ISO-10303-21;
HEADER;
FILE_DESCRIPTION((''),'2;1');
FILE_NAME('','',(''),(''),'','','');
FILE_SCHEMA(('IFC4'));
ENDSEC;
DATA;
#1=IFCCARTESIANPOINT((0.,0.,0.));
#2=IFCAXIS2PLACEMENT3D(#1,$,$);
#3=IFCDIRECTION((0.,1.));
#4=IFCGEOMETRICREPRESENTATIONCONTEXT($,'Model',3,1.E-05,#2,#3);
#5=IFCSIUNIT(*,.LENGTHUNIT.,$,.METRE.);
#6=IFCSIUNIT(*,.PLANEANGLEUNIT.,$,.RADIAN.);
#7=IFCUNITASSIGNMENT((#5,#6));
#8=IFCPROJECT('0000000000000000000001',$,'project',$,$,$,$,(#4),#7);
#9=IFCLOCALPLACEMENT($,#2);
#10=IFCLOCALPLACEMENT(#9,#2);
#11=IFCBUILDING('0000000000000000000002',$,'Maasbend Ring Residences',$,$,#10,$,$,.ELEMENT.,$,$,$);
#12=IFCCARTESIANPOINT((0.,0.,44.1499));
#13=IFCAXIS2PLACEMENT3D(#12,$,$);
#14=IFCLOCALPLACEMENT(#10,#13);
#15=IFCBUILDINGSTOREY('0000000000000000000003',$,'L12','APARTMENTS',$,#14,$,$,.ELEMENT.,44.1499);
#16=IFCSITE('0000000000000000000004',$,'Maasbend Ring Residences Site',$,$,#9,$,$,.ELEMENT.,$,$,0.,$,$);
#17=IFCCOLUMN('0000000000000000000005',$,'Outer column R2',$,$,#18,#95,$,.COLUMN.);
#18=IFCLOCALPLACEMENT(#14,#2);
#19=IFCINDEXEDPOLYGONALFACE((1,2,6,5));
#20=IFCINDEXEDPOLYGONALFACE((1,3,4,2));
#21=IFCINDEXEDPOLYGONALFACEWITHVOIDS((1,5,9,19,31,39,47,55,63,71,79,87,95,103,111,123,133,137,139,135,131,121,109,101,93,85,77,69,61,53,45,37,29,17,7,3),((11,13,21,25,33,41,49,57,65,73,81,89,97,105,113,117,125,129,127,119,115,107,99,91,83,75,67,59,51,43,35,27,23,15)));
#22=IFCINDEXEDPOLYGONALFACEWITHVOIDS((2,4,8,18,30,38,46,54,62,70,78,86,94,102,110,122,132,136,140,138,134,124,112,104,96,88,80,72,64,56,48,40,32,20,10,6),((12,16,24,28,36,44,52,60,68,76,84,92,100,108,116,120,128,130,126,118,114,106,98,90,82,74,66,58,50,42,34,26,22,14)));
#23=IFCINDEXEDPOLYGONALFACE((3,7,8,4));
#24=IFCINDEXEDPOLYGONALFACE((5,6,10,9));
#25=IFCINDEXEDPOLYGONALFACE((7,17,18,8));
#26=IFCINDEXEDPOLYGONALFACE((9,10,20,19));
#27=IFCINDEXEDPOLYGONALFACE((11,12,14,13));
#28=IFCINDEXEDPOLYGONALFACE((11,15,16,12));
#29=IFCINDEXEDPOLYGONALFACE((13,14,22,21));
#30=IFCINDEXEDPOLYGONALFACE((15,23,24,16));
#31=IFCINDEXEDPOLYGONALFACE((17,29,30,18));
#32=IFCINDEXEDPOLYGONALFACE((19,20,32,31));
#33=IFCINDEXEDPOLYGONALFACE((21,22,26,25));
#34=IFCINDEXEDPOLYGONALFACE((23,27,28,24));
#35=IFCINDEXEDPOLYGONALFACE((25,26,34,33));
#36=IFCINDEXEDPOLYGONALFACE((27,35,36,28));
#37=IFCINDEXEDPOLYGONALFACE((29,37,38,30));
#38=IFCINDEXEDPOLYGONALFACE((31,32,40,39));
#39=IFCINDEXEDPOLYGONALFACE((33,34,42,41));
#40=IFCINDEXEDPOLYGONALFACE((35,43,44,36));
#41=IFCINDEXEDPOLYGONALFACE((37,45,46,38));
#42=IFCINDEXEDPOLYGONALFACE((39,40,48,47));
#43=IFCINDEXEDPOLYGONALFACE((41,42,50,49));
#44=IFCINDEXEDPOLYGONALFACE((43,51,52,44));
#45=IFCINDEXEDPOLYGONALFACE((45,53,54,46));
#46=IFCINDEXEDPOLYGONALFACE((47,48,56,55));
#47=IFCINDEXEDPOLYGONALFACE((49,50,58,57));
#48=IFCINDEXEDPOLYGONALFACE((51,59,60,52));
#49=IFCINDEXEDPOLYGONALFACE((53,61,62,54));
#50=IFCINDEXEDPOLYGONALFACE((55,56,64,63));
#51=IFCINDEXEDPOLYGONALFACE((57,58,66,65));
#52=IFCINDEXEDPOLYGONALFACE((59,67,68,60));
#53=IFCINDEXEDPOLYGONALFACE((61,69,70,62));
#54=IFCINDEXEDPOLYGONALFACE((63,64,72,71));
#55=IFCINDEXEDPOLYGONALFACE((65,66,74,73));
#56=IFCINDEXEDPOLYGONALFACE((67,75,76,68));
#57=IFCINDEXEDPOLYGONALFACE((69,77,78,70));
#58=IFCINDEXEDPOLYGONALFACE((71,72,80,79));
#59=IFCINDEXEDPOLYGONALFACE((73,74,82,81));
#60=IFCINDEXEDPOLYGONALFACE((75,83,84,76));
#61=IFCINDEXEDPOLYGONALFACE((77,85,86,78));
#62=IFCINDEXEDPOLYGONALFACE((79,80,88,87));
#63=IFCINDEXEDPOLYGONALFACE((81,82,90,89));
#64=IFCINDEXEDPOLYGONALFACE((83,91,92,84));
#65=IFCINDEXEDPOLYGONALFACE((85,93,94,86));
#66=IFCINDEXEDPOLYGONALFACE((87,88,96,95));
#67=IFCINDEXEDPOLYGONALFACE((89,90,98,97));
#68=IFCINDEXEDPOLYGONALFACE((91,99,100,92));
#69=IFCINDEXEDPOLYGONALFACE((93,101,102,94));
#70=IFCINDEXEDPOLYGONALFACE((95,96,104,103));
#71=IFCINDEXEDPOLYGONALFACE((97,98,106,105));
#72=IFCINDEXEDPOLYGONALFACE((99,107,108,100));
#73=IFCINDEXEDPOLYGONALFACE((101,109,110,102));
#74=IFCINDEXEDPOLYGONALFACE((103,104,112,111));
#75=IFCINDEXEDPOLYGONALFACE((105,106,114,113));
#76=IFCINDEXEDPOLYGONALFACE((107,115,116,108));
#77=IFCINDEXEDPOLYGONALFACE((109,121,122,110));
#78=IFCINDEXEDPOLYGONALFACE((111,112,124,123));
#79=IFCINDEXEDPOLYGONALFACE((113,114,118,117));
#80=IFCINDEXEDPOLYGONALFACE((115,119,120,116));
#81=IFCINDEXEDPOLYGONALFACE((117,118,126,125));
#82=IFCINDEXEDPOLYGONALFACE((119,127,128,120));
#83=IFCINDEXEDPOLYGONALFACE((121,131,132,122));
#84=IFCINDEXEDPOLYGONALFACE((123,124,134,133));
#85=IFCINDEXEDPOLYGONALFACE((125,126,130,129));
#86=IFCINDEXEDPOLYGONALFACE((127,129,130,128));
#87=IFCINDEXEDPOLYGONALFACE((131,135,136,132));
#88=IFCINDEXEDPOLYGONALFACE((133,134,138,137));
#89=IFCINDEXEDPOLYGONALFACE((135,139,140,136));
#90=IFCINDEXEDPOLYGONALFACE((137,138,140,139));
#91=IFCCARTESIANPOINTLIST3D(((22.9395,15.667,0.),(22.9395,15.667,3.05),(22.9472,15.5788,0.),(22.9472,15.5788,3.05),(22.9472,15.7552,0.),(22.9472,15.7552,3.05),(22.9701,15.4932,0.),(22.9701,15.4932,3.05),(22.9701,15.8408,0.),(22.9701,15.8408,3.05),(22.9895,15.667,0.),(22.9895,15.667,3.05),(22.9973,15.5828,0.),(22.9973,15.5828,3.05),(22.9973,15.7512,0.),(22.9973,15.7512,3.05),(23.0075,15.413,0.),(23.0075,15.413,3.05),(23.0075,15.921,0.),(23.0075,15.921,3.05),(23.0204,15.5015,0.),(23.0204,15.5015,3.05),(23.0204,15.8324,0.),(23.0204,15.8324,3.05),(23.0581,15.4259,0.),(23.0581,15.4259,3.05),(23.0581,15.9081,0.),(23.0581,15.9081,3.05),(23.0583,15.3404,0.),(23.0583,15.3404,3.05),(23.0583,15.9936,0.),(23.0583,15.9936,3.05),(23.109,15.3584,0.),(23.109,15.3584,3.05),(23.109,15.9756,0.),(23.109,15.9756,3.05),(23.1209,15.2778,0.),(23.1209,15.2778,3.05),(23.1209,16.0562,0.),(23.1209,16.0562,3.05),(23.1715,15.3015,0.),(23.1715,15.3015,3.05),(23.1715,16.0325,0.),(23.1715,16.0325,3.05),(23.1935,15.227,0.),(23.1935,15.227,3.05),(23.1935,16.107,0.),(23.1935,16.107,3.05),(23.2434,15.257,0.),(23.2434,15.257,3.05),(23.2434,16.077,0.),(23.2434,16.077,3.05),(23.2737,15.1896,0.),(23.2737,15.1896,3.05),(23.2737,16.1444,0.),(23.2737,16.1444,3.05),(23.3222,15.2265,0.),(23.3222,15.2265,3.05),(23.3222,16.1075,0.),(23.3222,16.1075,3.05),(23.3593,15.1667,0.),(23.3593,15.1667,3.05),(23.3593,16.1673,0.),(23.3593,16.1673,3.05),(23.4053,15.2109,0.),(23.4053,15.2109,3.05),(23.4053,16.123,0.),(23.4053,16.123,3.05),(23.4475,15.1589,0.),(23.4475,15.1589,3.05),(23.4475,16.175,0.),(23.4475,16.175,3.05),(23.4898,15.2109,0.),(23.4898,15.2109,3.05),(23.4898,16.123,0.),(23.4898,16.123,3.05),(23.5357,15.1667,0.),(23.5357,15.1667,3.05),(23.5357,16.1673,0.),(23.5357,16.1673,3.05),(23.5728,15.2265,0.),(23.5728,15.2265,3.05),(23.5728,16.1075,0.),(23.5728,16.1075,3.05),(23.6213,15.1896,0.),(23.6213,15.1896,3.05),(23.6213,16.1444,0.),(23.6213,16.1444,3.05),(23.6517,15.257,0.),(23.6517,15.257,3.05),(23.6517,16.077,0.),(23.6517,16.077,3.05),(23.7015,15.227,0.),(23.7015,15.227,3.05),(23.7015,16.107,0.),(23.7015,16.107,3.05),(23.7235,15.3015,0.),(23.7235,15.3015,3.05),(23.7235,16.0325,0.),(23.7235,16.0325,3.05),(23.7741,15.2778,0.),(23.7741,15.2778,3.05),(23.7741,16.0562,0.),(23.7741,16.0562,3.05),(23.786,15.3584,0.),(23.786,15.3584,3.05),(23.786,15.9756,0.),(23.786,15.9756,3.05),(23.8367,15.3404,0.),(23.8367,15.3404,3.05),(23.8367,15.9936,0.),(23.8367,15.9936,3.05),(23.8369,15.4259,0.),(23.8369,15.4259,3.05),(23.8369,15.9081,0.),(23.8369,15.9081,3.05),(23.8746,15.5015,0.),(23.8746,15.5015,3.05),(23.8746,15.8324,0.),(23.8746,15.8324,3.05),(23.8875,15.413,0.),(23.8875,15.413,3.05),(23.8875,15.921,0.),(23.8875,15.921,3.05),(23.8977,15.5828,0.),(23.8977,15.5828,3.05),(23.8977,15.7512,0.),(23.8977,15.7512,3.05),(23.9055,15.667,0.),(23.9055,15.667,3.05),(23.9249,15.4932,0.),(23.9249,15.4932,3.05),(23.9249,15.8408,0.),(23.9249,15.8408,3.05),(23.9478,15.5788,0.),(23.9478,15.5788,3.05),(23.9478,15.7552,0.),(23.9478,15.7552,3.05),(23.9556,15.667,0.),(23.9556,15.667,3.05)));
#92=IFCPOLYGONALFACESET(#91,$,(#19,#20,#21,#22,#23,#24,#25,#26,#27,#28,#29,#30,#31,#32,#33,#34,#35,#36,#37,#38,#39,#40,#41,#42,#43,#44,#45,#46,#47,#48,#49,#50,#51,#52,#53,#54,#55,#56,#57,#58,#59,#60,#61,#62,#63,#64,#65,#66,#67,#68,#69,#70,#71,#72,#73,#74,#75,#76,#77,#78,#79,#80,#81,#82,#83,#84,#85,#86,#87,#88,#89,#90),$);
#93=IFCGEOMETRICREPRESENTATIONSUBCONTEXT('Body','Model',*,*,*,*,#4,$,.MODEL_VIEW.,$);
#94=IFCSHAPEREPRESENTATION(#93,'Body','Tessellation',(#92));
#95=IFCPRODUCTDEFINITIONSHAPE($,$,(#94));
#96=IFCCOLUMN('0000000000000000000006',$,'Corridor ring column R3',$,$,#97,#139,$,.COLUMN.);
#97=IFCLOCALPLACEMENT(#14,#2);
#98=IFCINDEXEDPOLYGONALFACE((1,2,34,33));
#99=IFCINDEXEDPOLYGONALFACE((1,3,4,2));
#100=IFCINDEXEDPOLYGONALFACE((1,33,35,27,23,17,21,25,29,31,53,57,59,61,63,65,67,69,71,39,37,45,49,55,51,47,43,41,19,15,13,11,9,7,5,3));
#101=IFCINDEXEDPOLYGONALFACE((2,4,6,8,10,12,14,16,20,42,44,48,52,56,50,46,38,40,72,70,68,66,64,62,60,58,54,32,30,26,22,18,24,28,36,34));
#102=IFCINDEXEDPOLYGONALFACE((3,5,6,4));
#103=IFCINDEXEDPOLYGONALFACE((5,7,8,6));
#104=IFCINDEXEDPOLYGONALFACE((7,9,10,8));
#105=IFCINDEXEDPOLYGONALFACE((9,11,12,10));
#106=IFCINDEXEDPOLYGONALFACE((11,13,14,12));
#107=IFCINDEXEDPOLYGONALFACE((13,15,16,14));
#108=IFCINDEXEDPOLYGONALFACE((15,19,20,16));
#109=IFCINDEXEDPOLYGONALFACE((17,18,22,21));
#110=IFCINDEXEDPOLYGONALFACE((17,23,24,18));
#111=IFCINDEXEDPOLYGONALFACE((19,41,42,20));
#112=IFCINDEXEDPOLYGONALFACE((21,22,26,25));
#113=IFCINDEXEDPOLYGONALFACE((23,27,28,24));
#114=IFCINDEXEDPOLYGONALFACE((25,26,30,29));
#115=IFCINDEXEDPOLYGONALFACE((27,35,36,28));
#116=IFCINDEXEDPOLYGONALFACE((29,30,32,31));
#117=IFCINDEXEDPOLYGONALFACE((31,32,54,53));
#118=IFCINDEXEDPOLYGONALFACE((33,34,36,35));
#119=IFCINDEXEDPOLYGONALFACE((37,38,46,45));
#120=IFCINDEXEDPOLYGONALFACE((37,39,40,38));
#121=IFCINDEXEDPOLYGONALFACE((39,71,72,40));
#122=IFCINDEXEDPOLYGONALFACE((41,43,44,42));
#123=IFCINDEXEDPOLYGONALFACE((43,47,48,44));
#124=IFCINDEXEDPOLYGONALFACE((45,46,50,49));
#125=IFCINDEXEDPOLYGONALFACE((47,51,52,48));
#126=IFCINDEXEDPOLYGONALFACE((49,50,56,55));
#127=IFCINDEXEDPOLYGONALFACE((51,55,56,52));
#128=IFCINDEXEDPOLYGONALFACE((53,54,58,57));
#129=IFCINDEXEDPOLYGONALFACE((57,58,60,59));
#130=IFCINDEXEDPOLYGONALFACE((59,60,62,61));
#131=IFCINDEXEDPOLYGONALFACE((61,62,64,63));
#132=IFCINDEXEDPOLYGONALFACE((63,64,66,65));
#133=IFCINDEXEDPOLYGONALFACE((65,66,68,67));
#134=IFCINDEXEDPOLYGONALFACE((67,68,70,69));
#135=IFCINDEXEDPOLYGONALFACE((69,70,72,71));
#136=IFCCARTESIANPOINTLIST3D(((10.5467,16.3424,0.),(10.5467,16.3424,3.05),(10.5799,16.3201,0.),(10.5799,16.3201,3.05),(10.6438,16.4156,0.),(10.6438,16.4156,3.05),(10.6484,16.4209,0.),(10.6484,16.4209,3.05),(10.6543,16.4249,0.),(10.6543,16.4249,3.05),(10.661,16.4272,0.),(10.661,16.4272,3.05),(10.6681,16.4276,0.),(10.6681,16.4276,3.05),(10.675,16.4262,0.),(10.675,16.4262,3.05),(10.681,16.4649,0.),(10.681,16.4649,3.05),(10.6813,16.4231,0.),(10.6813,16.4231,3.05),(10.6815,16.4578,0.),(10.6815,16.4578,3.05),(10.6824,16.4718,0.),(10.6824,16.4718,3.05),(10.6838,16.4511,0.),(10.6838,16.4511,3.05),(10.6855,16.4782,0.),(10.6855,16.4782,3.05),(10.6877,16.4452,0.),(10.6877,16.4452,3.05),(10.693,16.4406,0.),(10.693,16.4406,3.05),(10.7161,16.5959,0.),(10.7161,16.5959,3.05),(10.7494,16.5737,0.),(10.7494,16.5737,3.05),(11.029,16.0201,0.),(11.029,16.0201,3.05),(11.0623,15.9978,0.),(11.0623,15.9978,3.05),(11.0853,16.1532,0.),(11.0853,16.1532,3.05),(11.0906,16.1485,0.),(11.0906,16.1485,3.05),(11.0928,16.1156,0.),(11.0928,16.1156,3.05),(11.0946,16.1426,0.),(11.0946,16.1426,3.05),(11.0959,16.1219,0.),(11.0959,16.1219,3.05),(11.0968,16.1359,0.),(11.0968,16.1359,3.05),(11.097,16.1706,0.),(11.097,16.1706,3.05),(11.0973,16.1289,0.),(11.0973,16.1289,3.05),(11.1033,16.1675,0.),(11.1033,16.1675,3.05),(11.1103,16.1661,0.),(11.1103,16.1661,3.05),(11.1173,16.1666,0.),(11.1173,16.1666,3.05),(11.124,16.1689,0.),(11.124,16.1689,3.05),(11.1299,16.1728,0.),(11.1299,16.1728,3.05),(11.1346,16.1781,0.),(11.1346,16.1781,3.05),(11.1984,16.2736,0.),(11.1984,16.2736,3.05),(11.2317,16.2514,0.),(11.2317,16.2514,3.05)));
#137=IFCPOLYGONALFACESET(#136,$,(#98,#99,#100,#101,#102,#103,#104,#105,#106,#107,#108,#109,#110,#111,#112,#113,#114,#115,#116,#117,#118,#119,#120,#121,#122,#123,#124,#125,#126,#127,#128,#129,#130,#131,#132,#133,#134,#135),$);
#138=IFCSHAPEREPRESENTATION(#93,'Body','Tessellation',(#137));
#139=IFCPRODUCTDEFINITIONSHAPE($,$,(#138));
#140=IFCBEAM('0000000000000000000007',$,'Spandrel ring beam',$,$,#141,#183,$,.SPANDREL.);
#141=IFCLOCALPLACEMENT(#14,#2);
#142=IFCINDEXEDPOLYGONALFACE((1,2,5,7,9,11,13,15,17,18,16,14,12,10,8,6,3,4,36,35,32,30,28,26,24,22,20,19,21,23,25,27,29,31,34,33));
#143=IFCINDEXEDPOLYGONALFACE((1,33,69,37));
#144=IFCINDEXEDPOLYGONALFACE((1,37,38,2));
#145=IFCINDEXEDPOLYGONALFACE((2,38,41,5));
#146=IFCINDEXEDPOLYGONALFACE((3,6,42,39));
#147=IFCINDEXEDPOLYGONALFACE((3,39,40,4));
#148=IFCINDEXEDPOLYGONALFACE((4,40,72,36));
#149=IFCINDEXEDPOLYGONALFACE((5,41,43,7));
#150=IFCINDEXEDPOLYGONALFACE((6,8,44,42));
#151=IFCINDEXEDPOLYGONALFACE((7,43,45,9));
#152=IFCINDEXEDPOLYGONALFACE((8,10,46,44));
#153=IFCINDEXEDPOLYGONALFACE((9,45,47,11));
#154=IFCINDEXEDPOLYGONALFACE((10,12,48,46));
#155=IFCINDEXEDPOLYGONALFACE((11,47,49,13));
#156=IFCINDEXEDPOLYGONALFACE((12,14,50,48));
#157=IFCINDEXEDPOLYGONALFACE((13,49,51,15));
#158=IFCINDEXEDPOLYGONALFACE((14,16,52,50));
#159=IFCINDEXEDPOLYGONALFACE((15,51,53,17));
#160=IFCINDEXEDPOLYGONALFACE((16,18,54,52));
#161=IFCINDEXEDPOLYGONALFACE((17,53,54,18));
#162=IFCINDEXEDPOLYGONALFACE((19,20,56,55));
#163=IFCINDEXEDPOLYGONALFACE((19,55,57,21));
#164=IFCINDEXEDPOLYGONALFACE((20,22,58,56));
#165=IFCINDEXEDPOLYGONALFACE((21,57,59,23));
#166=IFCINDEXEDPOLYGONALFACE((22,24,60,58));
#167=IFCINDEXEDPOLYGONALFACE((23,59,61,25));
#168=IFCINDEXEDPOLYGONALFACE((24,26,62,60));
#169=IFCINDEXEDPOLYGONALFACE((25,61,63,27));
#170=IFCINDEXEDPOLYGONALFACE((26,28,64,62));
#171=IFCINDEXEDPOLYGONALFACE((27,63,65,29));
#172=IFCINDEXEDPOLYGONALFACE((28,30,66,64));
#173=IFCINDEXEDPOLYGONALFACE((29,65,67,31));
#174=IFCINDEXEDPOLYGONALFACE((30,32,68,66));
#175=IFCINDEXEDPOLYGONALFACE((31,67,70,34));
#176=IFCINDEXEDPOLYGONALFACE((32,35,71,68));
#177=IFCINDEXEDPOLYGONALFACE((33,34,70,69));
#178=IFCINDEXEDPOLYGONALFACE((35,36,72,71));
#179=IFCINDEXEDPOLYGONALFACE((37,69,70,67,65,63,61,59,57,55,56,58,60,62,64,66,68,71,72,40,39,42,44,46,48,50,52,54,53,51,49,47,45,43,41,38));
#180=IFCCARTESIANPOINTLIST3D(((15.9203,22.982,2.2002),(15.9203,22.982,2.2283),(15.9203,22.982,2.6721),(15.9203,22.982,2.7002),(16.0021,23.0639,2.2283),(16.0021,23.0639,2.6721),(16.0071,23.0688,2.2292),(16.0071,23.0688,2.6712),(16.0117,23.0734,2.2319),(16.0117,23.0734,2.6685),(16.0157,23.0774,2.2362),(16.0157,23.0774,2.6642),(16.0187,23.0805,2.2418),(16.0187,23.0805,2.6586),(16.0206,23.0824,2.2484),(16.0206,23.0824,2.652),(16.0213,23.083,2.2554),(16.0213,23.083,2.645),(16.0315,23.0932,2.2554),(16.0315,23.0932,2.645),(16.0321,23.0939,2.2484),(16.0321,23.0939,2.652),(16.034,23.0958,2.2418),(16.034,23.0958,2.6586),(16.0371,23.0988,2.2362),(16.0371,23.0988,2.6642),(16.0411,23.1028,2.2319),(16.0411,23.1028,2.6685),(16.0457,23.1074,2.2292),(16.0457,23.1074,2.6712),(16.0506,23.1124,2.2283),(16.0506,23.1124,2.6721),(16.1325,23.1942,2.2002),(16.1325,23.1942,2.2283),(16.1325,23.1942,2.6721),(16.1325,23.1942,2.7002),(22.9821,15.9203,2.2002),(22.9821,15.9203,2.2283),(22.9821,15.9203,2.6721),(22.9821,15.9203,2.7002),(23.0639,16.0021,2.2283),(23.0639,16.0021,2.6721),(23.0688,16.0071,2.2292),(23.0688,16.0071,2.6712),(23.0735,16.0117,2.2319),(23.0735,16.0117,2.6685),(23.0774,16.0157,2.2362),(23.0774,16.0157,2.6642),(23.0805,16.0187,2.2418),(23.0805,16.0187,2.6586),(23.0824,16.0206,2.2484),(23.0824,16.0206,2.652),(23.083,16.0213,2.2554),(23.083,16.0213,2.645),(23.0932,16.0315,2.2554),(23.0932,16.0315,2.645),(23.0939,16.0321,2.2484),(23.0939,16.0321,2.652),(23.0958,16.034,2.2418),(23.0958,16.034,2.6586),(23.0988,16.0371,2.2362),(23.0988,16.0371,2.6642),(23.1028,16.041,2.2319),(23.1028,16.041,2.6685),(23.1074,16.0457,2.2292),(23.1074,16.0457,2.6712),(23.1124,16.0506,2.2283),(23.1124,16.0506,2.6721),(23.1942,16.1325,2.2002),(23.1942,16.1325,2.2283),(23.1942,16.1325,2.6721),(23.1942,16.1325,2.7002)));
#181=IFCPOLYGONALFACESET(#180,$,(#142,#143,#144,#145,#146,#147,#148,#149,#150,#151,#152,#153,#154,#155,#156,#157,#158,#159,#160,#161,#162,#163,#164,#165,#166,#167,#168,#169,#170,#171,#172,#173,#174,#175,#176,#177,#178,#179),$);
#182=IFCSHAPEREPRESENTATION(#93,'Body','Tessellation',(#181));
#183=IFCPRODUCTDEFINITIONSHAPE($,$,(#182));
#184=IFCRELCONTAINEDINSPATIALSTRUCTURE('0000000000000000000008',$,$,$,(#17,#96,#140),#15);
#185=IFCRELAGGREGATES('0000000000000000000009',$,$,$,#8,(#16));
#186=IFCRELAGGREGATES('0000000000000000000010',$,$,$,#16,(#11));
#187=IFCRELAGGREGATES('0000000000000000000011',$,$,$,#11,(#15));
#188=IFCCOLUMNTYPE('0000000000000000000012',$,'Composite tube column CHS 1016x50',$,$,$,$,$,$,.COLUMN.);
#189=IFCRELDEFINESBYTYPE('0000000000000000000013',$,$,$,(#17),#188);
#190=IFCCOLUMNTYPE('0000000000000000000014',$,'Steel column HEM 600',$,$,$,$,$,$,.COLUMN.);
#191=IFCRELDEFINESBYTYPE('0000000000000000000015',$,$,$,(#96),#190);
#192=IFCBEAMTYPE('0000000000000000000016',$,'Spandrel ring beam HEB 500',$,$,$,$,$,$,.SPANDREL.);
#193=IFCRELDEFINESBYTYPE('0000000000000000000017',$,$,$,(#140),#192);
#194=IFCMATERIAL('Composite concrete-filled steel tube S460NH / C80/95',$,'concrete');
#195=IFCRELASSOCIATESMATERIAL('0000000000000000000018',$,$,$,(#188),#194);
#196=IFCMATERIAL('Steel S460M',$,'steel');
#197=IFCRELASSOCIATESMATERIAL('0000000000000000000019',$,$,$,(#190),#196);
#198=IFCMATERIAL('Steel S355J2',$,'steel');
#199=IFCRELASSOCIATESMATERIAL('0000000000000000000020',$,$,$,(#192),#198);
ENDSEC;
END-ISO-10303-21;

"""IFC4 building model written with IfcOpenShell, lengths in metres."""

from ifc_helpers import new_model, si_unit, direction, frame, origin, origin_2d, place, context, subcontext, project, spatial, hollow_circle, i_section, extrude, material, material_profile, profile_set, type_object, element, save


model = new_model("IFC4")

# Units and contexts
model_context = context("Model", 3, precision=1e-05, world=origin(), true_north=direction((0.0, 1.0)))
body_context = subcontext(model_context, "Body", "Model", "MODEL_VIEW")
ifc_project = project(units=[si_unit("LENGTHUNIT", "METRE"), si_unit("PLANEANGLEUNIT", "RADIAN")], contexts=[model_context])

# Site, building, storey
site_placement = place(None, origin())
site = spatial("IfcSite", under=ifc_project, at=site_placement, Name="Maasbend Ring Residences Site", CompositionType="ELEMENT", RefElevation=0.0)
building_placement = place(site_placement, origin())
building = spatial("IfcBuilding", under=site, at=building_placement, Name="Maasbend Ring Residences", CompositionType="ELEMENT")
storey_placement = place(building_placement, frame((0.0, 0.0, 44.1499)))
storey = spatial("IfcBuildingStorey", under=building, at=storey_placement, Name="L12", Description="APARTMENTS", CompositionType="ELEMENT", Elevation=44.1499)

# Columns
ifc_material_1 = material(Name="Composite concrete-filled steel tube S460NH / C80/95", Category="concrete")
ifc_material_profile_1 = material_profile(ifc_material_1, hollow_circle(Radius=0.5081, WallThickness=0.05, at=origin_2d()), Name="Composite tube column CHS 1016x50")
ifc_profile_set_1 = profile_set([ifc_material_profile_1], Name="Composite concrete-filled steel tube S460NH / C80/95")
column_type_1 = type_object("IfcColumnType", Name="Composite tube column CHS 1016x50", PredefinedType="COLUMN", material=ifc_profile_set_1)
column_1_placement = place(storey_placement, frame((23.4475, 15.667, 0.0), z_axis=(0.0, 0.0, 1.0), x_axis=(1.0, 0.0, 0.0)))
element("IfcColumn", 1, at=column_1_placement, inside=storey, type_object=column_type_1, Name="Outer column R2", PredefinedType="COLUMN", context=body_context, shape_type="SweptSolid", body=[
    extrude(hollow_circle(Radius=0.5081, WallThickness=0.05, at=origin_2d()), origin(), (0.0, 0.0, 1.0), 3.05),
])
ifc_material_2 = material(Name="Steel S460M", Category="steel")
ifc_material_profile_2 = material_profile(ifc_material_2, i_section(OverallWidth=0.3049, OverallDepth=0.6201, WebThickness=0.021, FlangeThickness=0.04, FilletRadius=0.0271, at=origin_2d()), Name="HEM 600")
ifc_profile_set_2 = profile_set([ifc_material_profile_2], Name="Steel S460M")
column_type_2 = type_object("IfcColumnType", Name="Steel column HEM 600", PredefinedType="COLUMN", material=ifc_profile_set_2)
column_2_placement = place(storey_placement, frame((10.8892, 16.2969, 0.0), z_axis=(0.0, 0.0, 1.0), x_axis=(0.55557, 0.83147, 0.0)))
element("IfcColumn", 2, at=column_2_placement, inside=storey, type_object=column_type_2, Name="Corridor ring column R3", PredefinedType="COLUMN", context=body_context, shape_type="SweptSolid", body=[
    extrude(i_section(OverallWidth=0.3049, OverallDepth=0.6201, WebThickness=0.021, FlangeThickness=0.04, FilletRadius=0.0271, at=origin_2d()), origin(), (0.0, 0.0, 1.0), 3.05),
])

# Beam
ifc_material_3 = material(Name="Steel S355J2", Category="steel")
ifc_material_profile_3 = material_profile(ifc_material_3, i_section(OverallWidth=0.3, OverallDepth=0.5, WebThickness=0.0144, FlangeThickness=0.0281, FilletRadius=0.0271, at=origin_2d()), Name="HEB 500")
ifc_profile_set_3 = profile_set([ifc_material_profile_3], Name="Steel S355J2")
beam_type = type_object("IfcBeamType", Name="Spandrel ring beam HEB 500", PredefinedType="SPANDREL", material=ifc_profile_set_3)
beam_placement = place(storey_placement, frame((23.0881, 16.0264, 2.4502), z_axis=(-0.707107, 0.707107, 0.0), x_axis=(-0.707107, -0.707107, 0.0)))
element("IfcBeam", 3, at=beam_placement, inside=storey, type_object=beam_type, Name="Spandrel ring beam", PredefinedType="SPANDREL", context=body_context, shape_type="SweptSolid", body=[
    extrude(i_section(OverallWidth=0.3, OverallDepth=0.5, WebThickness=0.0144, FlangeThickness=0.0281, FilletRadius=0.0271, at=origin_2d()), origin(), (0.0, 0.0, 1.0), 9.9868),
])

save(model, "model.ifc")
